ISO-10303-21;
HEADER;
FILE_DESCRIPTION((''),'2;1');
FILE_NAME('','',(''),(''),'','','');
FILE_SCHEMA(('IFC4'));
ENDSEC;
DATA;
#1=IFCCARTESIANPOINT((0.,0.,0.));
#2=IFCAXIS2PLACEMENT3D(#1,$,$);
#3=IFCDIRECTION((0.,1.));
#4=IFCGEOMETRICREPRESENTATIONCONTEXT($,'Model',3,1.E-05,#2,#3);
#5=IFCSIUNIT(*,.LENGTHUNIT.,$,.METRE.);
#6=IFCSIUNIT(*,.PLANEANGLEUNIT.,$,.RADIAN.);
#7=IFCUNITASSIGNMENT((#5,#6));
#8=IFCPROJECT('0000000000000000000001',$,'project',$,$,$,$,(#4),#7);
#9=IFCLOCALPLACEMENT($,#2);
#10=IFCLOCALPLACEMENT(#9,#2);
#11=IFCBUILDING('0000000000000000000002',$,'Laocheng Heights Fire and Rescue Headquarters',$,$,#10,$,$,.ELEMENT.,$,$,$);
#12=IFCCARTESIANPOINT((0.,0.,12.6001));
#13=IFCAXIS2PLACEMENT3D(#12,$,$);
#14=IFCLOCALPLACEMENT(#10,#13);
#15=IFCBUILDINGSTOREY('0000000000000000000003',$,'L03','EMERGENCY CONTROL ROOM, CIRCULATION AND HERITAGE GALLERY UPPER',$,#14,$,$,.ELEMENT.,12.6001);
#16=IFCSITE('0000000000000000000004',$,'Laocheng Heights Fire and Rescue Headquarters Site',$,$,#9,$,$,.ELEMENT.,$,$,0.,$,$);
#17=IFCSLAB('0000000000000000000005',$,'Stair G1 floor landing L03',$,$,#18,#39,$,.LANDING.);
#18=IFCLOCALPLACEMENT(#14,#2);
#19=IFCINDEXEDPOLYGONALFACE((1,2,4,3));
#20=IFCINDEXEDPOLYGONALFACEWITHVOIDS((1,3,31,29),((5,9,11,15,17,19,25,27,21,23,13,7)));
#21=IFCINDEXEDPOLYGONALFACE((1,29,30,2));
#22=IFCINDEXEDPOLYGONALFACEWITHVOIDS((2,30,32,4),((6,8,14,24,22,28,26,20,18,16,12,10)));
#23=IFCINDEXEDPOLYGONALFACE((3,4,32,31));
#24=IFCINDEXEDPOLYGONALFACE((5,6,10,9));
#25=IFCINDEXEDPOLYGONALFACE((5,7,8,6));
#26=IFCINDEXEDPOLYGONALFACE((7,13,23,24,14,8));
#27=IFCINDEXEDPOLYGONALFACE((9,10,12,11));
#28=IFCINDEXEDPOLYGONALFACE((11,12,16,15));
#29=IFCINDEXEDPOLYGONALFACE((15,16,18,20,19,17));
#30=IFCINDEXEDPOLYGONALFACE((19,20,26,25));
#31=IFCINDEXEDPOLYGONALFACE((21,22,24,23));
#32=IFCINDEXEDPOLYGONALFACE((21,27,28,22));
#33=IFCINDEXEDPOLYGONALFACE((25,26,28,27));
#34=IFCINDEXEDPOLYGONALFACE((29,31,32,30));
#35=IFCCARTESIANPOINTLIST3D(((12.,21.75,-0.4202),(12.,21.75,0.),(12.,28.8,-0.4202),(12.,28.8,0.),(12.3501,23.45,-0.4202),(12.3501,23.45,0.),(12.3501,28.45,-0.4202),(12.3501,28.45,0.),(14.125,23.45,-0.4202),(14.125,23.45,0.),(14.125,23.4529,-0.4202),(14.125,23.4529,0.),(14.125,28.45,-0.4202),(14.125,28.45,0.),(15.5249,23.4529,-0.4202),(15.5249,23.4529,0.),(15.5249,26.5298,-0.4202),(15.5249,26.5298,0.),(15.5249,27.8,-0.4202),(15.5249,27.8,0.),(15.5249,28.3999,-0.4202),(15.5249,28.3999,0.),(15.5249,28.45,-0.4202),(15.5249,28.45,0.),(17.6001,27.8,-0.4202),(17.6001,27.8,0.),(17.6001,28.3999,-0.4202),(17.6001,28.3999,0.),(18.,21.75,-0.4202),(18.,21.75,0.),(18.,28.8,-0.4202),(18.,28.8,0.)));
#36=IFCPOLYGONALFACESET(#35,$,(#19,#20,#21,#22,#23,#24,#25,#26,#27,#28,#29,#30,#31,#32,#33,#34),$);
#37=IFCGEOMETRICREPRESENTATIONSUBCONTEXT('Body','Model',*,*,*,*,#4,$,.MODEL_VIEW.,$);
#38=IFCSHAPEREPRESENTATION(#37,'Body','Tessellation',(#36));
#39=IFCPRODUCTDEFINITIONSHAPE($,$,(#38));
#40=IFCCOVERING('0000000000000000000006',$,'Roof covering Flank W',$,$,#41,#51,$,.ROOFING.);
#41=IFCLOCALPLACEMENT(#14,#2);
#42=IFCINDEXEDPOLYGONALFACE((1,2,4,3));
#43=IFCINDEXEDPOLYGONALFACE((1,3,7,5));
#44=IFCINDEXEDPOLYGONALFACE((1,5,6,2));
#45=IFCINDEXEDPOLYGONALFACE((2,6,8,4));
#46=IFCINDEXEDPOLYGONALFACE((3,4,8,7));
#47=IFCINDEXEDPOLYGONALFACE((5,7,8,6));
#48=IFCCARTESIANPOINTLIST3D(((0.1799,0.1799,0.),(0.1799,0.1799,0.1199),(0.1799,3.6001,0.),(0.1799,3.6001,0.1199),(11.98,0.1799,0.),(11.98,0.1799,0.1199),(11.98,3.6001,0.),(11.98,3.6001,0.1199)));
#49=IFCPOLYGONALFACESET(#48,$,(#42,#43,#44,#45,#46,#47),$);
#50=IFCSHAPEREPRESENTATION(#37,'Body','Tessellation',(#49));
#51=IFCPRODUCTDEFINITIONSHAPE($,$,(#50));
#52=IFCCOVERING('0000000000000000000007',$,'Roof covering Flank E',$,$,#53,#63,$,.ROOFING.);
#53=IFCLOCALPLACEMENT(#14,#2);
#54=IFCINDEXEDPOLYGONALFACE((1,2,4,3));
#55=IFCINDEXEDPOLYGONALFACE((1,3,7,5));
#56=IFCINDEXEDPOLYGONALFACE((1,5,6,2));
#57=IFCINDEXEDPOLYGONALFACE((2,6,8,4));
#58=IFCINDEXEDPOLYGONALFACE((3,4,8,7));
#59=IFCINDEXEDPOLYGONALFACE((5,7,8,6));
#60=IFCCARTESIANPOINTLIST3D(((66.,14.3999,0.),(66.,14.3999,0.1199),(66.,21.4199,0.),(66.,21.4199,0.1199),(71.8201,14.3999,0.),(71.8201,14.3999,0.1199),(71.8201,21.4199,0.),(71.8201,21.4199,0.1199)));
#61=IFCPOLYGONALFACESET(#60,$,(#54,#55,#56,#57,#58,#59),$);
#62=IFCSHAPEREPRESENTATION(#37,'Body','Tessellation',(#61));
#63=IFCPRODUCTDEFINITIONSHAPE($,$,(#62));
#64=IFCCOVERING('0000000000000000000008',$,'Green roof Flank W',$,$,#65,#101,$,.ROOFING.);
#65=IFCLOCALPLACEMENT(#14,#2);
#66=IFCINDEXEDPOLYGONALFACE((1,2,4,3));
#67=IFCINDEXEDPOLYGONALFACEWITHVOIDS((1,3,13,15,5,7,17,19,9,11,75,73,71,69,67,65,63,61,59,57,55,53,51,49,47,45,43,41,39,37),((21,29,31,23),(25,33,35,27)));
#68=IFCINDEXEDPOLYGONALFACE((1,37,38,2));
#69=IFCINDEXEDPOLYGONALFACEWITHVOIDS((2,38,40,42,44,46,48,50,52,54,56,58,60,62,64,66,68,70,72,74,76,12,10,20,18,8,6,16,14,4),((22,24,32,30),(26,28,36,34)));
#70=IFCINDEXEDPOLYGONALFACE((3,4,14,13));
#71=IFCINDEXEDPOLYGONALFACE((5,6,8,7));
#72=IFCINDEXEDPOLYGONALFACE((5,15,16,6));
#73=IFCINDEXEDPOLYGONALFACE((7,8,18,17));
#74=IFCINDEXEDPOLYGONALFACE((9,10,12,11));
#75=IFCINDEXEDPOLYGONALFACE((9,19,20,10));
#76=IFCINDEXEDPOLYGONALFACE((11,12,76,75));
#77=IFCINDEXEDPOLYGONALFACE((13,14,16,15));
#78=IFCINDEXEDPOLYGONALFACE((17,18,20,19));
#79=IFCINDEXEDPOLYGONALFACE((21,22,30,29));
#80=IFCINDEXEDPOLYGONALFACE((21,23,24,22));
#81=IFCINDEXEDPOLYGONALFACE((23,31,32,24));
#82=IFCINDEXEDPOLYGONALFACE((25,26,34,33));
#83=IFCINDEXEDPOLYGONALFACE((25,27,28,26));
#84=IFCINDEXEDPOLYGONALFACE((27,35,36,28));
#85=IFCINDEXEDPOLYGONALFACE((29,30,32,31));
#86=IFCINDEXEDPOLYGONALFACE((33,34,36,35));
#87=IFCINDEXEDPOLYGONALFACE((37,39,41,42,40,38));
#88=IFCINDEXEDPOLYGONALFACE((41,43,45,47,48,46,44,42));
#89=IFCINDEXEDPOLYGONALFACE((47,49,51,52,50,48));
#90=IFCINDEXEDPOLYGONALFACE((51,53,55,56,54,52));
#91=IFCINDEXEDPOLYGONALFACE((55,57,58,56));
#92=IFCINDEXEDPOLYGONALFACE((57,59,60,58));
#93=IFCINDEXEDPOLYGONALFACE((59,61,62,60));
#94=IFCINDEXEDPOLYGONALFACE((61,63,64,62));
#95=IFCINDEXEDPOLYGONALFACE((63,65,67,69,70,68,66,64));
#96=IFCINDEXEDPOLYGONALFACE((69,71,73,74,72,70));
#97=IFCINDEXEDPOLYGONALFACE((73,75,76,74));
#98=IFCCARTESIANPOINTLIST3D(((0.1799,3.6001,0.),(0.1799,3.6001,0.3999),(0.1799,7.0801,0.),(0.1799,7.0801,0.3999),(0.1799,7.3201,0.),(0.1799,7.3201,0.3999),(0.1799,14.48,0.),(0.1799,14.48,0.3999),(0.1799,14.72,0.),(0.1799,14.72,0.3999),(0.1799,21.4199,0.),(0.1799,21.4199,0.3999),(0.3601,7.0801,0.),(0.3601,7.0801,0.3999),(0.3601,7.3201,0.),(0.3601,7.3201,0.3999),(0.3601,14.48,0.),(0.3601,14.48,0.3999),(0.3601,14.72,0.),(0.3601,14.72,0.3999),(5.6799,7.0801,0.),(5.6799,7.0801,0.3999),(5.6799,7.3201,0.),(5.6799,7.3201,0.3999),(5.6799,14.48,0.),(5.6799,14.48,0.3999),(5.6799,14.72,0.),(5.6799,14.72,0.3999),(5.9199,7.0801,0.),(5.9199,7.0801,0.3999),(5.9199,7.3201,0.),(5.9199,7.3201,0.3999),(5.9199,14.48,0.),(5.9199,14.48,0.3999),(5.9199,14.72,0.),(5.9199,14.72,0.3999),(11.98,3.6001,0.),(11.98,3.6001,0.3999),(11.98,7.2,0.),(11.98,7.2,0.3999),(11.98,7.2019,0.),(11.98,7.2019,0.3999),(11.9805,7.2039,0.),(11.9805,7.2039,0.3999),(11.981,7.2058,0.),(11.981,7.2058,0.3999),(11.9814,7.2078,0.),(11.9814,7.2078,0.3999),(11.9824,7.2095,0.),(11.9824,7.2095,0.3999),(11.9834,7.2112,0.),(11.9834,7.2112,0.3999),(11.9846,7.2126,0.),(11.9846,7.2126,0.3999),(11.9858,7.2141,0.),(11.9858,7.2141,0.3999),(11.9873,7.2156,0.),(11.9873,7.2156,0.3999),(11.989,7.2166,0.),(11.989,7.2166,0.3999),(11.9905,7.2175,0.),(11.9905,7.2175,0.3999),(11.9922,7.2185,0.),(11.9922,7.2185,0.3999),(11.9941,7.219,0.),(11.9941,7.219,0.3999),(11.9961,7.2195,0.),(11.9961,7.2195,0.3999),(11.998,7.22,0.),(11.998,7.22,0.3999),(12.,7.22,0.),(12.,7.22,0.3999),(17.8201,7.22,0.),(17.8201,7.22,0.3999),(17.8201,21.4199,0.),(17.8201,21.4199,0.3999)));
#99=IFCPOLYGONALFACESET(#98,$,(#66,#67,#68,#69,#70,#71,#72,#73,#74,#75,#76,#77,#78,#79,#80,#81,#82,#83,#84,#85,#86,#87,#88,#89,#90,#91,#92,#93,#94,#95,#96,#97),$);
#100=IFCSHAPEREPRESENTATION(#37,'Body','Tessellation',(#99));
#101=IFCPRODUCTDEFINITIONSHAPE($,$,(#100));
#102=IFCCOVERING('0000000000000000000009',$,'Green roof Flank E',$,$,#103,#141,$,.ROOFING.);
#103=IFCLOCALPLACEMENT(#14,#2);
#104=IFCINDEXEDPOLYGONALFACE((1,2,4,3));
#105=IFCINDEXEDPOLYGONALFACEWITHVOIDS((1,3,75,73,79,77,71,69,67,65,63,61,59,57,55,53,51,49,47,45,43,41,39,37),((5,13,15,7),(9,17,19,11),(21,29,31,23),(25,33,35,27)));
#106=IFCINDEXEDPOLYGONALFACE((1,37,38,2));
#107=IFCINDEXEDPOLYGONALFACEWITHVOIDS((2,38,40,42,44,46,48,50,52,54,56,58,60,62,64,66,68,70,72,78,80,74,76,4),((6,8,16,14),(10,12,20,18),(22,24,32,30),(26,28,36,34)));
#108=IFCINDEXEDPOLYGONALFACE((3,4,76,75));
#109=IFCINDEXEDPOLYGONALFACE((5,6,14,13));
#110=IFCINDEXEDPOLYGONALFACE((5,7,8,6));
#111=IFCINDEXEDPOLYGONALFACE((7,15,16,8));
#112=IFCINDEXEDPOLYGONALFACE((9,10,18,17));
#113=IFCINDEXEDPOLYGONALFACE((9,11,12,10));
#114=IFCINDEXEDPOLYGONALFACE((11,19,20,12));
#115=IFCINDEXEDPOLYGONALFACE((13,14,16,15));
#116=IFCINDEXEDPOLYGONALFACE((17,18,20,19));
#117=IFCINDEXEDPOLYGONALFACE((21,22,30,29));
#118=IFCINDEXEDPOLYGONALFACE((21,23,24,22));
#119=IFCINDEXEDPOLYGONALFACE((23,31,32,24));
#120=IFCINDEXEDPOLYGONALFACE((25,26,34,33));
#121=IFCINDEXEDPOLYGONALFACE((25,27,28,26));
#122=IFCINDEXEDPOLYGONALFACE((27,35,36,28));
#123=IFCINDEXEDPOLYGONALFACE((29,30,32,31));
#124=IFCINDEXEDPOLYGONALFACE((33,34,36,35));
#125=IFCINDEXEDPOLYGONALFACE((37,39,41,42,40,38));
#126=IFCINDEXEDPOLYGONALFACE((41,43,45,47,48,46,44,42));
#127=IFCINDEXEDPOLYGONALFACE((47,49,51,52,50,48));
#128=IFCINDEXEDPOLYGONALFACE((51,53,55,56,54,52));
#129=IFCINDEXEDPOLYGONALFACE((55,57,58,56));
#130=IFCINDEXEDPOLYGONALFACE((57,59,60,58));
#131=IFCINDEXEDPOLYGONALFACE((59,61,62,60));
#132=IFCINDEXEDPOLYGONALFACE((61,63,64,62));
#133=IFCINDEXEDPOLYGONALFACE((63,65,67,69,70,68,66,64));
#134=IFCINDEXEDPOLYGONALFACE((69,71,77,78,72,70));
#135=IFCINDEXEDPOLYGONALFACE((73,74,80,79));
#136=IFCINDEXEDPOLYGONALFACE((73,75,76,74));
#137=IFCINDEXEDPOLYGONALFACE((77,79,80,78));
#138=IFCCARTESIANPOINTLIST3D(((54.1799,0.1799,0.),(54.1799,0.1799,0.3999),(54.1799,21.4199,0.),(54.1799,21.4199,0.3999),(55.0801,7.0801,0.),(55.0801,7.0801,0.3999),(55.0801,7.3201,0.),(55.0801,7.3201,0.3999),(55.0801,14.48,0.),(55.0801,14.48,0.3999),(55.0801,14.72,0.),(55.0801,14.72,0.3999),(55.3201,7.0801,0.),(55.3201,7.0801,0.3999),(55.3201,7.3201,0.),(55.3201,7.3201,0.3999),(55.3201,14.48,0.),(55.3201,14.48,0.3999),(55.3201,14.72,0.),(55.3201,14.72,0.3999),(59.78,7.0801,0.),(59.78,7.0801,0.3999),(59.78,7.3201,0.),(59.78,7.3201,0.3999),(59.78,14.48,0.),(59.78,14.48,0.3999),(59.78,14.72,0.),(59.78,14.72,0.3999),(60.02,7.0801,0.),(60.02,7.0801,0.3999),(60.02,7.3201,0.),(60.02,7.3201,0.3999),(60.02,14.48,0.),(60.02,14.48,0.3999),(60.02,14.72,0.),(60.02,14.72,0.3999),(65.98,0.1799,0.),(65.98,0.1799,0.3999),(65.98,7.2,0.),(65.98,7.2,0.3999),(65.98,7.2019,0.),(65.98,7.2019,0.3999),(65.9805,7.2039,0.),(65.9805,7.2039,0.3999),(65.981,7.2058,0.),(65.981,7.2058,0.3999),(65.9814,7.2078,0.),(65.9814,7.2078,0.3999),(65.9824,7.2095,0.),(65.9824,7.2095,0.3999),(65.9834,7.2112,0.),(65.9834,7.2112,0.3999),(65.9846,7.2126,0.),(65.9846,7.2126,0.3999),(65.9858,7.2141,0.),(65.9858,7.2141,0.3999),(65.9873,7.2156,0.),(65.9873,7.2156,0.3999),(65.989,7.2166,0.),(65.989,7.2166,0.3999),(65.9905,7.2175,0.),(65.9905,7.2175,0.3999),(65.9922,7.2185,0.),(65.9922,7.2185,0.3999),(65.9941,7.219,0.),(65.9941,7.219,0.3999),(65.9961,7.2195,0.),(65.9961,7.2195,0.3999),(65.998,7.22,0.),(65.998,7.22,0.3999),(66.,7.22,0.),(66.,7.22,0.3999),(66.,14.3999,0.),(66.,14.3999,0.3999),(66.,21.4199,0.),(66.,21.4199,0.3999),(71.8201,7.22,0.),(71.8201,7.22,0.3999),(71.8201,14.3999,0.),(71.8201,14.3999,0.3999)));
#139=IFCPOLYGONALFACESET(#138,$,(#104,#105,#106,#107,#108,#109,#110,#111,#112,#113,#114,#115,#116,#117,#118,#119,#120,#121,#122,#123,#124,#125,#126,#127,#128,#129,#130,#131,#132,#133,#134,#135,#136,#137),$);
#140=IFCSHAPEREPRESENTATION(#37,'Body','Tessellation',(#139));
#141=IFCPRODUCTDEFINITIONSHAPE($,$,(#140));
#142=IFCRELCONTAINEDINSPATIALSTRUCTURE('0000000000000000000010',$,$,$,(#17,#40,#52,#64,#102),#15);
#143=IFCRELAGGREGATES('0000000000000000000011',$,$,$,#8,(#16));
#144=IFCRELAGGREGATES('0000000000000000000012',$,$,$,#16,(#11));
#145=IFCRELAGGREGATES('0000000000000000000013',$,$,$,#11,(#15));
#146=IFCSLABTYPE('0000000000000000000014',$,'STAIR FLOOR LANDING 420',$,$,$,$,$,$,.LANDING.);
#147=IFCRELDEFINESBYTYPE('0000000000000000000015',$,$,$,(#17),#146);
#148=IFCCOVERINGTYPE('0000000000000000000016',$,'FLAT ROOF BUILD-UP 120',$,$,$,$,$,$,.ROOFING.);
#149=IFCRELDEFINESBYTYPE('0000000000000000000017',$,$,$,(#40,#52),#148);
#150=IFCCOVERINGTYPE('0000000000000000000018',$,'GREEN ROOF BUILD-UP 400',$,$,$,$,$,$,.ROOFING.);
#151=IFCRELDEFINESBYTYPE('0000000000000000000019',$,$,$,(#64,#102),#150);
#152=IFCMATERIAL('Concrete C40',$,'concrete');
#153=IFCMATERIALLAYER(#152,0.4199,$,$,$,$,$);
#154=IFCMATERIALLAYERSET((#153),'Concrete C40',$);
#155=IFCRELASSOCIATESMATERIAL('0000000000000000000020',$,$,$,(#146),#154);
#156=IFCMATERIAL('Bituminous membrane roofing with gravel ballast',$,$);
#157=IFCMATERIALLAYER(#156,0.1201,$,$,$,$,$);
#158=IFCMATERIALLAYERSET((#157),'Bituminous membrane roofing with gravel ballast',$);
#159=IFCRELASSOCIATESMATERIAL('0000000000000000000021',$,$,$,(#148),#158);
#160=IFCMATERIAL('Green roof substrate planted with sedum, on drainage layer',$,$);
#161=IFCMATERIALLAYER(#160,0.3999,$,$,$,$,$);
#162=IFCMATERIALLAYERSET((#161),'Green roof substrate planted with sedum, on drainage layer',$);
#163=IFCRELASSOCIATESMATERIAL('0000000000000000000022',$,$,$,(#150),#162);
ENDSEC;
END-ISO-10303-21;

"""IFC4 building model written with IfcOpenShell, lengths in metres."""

from ifc_helpers import new_model, si_unit, direction, frame, origin, place, context, subcontext, project, spatial, polyline, outline, extrude, material, layer, layer_set, type_object, element, save


model = new_model("IFC4")

# Units and contexts
model_context = context("Model", 3, precision=1e-05, world=origin(), true_north=direction((0.0, 1.0)))
body_context = subcontext(model_context, "Body", "Model", "MODEL_VIEW")
ifc_project = project(units=[si_unit("LENGTHUNIT", "METRE"), si_unit("PLANEANGLEUNIT", "RADIAN")], contexts=[model_context])

# Site, building, storey
site_placement = place(None, origin())
site = spatial("IfcSite", under=ifc_project, at=site_placement, Name="Laocheng Heights Fire and Rescue Headquarters Site", CompositionType="ELEMENT", RefElevation=0.0)
building_placement = place(site_placement, origin())
building = spatial("IfcBuilding", under=site, at=building_placement, Name="Laocheng Heights Fire and Rescue Headquarters", CompositionType="ELEMENT")
storey_placement = place(building_placement, frame((0.0, 0.0, 12.6001)))
storey = spatial("IfcBuildingStorey", under=building, at=storey_placement, Name="L03", Description="EMERGENCY CONTROL ROOM, CIRCULATION AND HERITAGE GALLERY UPPER", CompositionType="ELEMENT", Elevation=12.6001)

# Slab
ifc_material_1 = material(Name="Concrete C40", Category="concrete")
ifc_layer_1 = layer(ifc_material_1, 0.4199)
ifc_layer_set_1 = layer_set([ifc_layer_1], Name="Concrete C40")
slab_type_1 = type_object("IfcSlabType", Name="STAIR FLOOR LANDING 420", PredefinedType="LANDING", material=ifc_layer_set_1)
slab_1_placement = place(storey_placement, frame((0.0, 0.0, -0.4202)))
element("IfcSlab", 1, at=slab_1_placement, inside=storey, type_object=slab_type_1, Name="Stair G1 floor landing L03", PredefinedType="LANDING", context=body_context, shape_type="SweptSolid", body=[
    extrude(outline(polyline([(12.0, 28.8), (18.0, 28.8), (18.0, 21.75), (12.0, 21.75), (12.0, 28.8)]), holes=[polyline([(14.125, 28.45), (12.3501, 28.45), (12.3501, 23.45), (14.125, 23.45), (14.125, 23.4529), (15.5249, 23.4529), (15.5249, 26.5298), (15.5249, 27.8), (17.6001, 27.8), (17.6001, 28.3999), (15.5249, 28.3999), (15.5249, 28.45), (14.125, 28.45)])]), origin(), (0.0, 0.0, 1.0), 0.4202),
])

# Coverings
ifc_material_2 = material(Name="Bituminous membrane roofing with gravel ballast")
ifc_layer_2 = layer(ifc_material_2, 0.1201)
ifc_layer_set_2 = layer_set([ifc_layer_2], Name="Bituminous membrane roofing with gravel ballast")
covering_type_1 = type_object("IfcCoveringType", Name="FLAT ROOF BUILD-UP 120", PredefinedType="ROOFING", material=ifc_layer_set_2)
covering_1_placement = place(storey_placement, origin())
element("IfcCovering", 2, at=covering_1_placement, inside=storey, type_object=covering_type_1, Name="Roof covering Flank W", PredefinedType="ROOFING", context=body_context, shape_type="SweptSolid", body=[
    extrude(outline(polyline([(11.98, 0.1799), (11.98, 3.6001), (0.1799, 3.6001), (0.1799, 0.1799), (11.98, 0.1799)])), origin(), (0.0, 0.0, 1.0), 0.1199),
])
covering_2_placement = place(storey_placement, origin())
element("IfcCovering", 3, at=covering_2_placement, inside=storey, type_object=covering_type_1, Name="Roof covering Flank E", PredefinedType="ROOFING", context=body_context, shape_type="SweptSolid", body=[
    extrude(outline(polyline([(71.8201, 21.4199), (66.0, 21.4199), (66.0, 14.3999), (71.8201, 14.3999), (71.8201, 21.4199)])), origin(), (0.0, 0.0, 1.0), 0.1199),
])
ifc_material_3 = material(Name="Green roof substrate planted with sedum, on drainage layer")
ifc_layer_3 = layer(ifc_material_3, 0.3999)
ifc_layer_set_3 = layer_set([ifc_layer_3], Name="Green roof substrate planted with sedum, on drainage layer")
covering_type_2 = type_object("IfcCoveringType", Name="GREEN ROOF BUILD-UP 400", PredefinedType="ROOFING", material=ifc_layer_set_3)
covering_3_placement = place(storey_placement, origin())
element("IfcCovering", 4, at=covering_3_placement, inside=storey, type_object=covering_type_2, Name="Green roof Flank W", PredefinedType="ROOFING", context=body_context, shape_type="SweptSolid", body=[
    extrude(outline(polyline([(0.1799, 7.0801), (0.1799, 3.6001), (11.98, 3.6001), (11.98, 7.2), (11.98, 7.2019), (11.9805, 7.2039), (11.981, 7.2058), (11.9814, 7.2078), (11.9824, 7.2095), (11.9834, 7.2112), (11.9846, 7.2126), (11.9858, 7.2141), (11.9873, 7.2156), (11.989, 7.2166), (11.9905, 7.2175), (11.9922, 7.2185), (11.9941, 7.219), (11.9961, 7.2195), (11.998, 7.22), (12.0, 7.22), (17.8201, 7.22), (17.8201, 21.4199), (0.1799, 21.4199), (0.1799, 14.72), (0.3601, 14.72), (0.3601, 14.48), (0.1799, 14.48), (0.1799, 7.3201), (0.3601, 7.3201), (0.3601, 7.0801), (0.1799, 7.0801)]), holes=[polyline([(5.6799, 7.0801), (5.6799, 7.3201), (5.9199, 7.3201), (5.9199, 7.0801), (5.6799, 7.0801)]), polyline([(5.6799, 14.48), (5.6799, 14.72), (5.9199, 14.72), (5.9199, 14.48), (5.6799, 14.48)])]), origin(), (0.0, 0.0, 1.0), 0.3999),
])
covering_4_placement = place(storey_placement, origin())
element("IfcCovering", 5, at=covering_4_placement, inside=storey, type_object=covering_type_2, Name="Green roof Flank E", PredefinedType="ROOFING", context=body_context, shape_type="SweptSolid", body=[
    extrude(outline(polyline([(71.8201, 14.3999), (66.0, 14.3999), (66.0, 21.4199), (54.1799, 21.4199), (54.1799, 0.1799), (65.98, 0.1799), (65.98, 7.2), (65.98, 7.2019), (65.9805, 7.2039), (65.981, 7.2058), (65.9814, 7.2078), (65.9824, 7.2095), (65.9834, 7.2112), (65.9846, 7.2126), (65.9858, 7.2141), (65.9873, 7.2156), (65.989, 7.2166), (65.9905, 7.2175), (65.9922, 7.2185), (65.9941, 7.219), (65.9961, 7.2195), (65.998, 7.22), (66.0, 7.22), (71.8201, 7.22), (71.8201, 14.3999)]), holes=[polyline([(55.0801, 7.0801), (55.0801, 7.3201), (55.3201, 7.3201), (55.3201, 7.0801), (55.0801, 7.0801)]), polyline([(59.78, 7.0801), (59.78, 7.3201), (60.02, 7.3201), (60.02, 7.0801), (59.78, 7.0801)]), polyline([(55.0801, 14.48), (55.0801, 14.72), (55.3201, 14.72), (55.3201, 14.48), (55.0801, 14.48)]), polyline([(59.78, 14.48), (59.78, 14.72), (60.02, 14.72), (60.02, 14.48), (59.78, 14.48)])]), origin(), (0.0, 0.0, 1.0), 0.3999),
])

save(model, "model.ifc")
